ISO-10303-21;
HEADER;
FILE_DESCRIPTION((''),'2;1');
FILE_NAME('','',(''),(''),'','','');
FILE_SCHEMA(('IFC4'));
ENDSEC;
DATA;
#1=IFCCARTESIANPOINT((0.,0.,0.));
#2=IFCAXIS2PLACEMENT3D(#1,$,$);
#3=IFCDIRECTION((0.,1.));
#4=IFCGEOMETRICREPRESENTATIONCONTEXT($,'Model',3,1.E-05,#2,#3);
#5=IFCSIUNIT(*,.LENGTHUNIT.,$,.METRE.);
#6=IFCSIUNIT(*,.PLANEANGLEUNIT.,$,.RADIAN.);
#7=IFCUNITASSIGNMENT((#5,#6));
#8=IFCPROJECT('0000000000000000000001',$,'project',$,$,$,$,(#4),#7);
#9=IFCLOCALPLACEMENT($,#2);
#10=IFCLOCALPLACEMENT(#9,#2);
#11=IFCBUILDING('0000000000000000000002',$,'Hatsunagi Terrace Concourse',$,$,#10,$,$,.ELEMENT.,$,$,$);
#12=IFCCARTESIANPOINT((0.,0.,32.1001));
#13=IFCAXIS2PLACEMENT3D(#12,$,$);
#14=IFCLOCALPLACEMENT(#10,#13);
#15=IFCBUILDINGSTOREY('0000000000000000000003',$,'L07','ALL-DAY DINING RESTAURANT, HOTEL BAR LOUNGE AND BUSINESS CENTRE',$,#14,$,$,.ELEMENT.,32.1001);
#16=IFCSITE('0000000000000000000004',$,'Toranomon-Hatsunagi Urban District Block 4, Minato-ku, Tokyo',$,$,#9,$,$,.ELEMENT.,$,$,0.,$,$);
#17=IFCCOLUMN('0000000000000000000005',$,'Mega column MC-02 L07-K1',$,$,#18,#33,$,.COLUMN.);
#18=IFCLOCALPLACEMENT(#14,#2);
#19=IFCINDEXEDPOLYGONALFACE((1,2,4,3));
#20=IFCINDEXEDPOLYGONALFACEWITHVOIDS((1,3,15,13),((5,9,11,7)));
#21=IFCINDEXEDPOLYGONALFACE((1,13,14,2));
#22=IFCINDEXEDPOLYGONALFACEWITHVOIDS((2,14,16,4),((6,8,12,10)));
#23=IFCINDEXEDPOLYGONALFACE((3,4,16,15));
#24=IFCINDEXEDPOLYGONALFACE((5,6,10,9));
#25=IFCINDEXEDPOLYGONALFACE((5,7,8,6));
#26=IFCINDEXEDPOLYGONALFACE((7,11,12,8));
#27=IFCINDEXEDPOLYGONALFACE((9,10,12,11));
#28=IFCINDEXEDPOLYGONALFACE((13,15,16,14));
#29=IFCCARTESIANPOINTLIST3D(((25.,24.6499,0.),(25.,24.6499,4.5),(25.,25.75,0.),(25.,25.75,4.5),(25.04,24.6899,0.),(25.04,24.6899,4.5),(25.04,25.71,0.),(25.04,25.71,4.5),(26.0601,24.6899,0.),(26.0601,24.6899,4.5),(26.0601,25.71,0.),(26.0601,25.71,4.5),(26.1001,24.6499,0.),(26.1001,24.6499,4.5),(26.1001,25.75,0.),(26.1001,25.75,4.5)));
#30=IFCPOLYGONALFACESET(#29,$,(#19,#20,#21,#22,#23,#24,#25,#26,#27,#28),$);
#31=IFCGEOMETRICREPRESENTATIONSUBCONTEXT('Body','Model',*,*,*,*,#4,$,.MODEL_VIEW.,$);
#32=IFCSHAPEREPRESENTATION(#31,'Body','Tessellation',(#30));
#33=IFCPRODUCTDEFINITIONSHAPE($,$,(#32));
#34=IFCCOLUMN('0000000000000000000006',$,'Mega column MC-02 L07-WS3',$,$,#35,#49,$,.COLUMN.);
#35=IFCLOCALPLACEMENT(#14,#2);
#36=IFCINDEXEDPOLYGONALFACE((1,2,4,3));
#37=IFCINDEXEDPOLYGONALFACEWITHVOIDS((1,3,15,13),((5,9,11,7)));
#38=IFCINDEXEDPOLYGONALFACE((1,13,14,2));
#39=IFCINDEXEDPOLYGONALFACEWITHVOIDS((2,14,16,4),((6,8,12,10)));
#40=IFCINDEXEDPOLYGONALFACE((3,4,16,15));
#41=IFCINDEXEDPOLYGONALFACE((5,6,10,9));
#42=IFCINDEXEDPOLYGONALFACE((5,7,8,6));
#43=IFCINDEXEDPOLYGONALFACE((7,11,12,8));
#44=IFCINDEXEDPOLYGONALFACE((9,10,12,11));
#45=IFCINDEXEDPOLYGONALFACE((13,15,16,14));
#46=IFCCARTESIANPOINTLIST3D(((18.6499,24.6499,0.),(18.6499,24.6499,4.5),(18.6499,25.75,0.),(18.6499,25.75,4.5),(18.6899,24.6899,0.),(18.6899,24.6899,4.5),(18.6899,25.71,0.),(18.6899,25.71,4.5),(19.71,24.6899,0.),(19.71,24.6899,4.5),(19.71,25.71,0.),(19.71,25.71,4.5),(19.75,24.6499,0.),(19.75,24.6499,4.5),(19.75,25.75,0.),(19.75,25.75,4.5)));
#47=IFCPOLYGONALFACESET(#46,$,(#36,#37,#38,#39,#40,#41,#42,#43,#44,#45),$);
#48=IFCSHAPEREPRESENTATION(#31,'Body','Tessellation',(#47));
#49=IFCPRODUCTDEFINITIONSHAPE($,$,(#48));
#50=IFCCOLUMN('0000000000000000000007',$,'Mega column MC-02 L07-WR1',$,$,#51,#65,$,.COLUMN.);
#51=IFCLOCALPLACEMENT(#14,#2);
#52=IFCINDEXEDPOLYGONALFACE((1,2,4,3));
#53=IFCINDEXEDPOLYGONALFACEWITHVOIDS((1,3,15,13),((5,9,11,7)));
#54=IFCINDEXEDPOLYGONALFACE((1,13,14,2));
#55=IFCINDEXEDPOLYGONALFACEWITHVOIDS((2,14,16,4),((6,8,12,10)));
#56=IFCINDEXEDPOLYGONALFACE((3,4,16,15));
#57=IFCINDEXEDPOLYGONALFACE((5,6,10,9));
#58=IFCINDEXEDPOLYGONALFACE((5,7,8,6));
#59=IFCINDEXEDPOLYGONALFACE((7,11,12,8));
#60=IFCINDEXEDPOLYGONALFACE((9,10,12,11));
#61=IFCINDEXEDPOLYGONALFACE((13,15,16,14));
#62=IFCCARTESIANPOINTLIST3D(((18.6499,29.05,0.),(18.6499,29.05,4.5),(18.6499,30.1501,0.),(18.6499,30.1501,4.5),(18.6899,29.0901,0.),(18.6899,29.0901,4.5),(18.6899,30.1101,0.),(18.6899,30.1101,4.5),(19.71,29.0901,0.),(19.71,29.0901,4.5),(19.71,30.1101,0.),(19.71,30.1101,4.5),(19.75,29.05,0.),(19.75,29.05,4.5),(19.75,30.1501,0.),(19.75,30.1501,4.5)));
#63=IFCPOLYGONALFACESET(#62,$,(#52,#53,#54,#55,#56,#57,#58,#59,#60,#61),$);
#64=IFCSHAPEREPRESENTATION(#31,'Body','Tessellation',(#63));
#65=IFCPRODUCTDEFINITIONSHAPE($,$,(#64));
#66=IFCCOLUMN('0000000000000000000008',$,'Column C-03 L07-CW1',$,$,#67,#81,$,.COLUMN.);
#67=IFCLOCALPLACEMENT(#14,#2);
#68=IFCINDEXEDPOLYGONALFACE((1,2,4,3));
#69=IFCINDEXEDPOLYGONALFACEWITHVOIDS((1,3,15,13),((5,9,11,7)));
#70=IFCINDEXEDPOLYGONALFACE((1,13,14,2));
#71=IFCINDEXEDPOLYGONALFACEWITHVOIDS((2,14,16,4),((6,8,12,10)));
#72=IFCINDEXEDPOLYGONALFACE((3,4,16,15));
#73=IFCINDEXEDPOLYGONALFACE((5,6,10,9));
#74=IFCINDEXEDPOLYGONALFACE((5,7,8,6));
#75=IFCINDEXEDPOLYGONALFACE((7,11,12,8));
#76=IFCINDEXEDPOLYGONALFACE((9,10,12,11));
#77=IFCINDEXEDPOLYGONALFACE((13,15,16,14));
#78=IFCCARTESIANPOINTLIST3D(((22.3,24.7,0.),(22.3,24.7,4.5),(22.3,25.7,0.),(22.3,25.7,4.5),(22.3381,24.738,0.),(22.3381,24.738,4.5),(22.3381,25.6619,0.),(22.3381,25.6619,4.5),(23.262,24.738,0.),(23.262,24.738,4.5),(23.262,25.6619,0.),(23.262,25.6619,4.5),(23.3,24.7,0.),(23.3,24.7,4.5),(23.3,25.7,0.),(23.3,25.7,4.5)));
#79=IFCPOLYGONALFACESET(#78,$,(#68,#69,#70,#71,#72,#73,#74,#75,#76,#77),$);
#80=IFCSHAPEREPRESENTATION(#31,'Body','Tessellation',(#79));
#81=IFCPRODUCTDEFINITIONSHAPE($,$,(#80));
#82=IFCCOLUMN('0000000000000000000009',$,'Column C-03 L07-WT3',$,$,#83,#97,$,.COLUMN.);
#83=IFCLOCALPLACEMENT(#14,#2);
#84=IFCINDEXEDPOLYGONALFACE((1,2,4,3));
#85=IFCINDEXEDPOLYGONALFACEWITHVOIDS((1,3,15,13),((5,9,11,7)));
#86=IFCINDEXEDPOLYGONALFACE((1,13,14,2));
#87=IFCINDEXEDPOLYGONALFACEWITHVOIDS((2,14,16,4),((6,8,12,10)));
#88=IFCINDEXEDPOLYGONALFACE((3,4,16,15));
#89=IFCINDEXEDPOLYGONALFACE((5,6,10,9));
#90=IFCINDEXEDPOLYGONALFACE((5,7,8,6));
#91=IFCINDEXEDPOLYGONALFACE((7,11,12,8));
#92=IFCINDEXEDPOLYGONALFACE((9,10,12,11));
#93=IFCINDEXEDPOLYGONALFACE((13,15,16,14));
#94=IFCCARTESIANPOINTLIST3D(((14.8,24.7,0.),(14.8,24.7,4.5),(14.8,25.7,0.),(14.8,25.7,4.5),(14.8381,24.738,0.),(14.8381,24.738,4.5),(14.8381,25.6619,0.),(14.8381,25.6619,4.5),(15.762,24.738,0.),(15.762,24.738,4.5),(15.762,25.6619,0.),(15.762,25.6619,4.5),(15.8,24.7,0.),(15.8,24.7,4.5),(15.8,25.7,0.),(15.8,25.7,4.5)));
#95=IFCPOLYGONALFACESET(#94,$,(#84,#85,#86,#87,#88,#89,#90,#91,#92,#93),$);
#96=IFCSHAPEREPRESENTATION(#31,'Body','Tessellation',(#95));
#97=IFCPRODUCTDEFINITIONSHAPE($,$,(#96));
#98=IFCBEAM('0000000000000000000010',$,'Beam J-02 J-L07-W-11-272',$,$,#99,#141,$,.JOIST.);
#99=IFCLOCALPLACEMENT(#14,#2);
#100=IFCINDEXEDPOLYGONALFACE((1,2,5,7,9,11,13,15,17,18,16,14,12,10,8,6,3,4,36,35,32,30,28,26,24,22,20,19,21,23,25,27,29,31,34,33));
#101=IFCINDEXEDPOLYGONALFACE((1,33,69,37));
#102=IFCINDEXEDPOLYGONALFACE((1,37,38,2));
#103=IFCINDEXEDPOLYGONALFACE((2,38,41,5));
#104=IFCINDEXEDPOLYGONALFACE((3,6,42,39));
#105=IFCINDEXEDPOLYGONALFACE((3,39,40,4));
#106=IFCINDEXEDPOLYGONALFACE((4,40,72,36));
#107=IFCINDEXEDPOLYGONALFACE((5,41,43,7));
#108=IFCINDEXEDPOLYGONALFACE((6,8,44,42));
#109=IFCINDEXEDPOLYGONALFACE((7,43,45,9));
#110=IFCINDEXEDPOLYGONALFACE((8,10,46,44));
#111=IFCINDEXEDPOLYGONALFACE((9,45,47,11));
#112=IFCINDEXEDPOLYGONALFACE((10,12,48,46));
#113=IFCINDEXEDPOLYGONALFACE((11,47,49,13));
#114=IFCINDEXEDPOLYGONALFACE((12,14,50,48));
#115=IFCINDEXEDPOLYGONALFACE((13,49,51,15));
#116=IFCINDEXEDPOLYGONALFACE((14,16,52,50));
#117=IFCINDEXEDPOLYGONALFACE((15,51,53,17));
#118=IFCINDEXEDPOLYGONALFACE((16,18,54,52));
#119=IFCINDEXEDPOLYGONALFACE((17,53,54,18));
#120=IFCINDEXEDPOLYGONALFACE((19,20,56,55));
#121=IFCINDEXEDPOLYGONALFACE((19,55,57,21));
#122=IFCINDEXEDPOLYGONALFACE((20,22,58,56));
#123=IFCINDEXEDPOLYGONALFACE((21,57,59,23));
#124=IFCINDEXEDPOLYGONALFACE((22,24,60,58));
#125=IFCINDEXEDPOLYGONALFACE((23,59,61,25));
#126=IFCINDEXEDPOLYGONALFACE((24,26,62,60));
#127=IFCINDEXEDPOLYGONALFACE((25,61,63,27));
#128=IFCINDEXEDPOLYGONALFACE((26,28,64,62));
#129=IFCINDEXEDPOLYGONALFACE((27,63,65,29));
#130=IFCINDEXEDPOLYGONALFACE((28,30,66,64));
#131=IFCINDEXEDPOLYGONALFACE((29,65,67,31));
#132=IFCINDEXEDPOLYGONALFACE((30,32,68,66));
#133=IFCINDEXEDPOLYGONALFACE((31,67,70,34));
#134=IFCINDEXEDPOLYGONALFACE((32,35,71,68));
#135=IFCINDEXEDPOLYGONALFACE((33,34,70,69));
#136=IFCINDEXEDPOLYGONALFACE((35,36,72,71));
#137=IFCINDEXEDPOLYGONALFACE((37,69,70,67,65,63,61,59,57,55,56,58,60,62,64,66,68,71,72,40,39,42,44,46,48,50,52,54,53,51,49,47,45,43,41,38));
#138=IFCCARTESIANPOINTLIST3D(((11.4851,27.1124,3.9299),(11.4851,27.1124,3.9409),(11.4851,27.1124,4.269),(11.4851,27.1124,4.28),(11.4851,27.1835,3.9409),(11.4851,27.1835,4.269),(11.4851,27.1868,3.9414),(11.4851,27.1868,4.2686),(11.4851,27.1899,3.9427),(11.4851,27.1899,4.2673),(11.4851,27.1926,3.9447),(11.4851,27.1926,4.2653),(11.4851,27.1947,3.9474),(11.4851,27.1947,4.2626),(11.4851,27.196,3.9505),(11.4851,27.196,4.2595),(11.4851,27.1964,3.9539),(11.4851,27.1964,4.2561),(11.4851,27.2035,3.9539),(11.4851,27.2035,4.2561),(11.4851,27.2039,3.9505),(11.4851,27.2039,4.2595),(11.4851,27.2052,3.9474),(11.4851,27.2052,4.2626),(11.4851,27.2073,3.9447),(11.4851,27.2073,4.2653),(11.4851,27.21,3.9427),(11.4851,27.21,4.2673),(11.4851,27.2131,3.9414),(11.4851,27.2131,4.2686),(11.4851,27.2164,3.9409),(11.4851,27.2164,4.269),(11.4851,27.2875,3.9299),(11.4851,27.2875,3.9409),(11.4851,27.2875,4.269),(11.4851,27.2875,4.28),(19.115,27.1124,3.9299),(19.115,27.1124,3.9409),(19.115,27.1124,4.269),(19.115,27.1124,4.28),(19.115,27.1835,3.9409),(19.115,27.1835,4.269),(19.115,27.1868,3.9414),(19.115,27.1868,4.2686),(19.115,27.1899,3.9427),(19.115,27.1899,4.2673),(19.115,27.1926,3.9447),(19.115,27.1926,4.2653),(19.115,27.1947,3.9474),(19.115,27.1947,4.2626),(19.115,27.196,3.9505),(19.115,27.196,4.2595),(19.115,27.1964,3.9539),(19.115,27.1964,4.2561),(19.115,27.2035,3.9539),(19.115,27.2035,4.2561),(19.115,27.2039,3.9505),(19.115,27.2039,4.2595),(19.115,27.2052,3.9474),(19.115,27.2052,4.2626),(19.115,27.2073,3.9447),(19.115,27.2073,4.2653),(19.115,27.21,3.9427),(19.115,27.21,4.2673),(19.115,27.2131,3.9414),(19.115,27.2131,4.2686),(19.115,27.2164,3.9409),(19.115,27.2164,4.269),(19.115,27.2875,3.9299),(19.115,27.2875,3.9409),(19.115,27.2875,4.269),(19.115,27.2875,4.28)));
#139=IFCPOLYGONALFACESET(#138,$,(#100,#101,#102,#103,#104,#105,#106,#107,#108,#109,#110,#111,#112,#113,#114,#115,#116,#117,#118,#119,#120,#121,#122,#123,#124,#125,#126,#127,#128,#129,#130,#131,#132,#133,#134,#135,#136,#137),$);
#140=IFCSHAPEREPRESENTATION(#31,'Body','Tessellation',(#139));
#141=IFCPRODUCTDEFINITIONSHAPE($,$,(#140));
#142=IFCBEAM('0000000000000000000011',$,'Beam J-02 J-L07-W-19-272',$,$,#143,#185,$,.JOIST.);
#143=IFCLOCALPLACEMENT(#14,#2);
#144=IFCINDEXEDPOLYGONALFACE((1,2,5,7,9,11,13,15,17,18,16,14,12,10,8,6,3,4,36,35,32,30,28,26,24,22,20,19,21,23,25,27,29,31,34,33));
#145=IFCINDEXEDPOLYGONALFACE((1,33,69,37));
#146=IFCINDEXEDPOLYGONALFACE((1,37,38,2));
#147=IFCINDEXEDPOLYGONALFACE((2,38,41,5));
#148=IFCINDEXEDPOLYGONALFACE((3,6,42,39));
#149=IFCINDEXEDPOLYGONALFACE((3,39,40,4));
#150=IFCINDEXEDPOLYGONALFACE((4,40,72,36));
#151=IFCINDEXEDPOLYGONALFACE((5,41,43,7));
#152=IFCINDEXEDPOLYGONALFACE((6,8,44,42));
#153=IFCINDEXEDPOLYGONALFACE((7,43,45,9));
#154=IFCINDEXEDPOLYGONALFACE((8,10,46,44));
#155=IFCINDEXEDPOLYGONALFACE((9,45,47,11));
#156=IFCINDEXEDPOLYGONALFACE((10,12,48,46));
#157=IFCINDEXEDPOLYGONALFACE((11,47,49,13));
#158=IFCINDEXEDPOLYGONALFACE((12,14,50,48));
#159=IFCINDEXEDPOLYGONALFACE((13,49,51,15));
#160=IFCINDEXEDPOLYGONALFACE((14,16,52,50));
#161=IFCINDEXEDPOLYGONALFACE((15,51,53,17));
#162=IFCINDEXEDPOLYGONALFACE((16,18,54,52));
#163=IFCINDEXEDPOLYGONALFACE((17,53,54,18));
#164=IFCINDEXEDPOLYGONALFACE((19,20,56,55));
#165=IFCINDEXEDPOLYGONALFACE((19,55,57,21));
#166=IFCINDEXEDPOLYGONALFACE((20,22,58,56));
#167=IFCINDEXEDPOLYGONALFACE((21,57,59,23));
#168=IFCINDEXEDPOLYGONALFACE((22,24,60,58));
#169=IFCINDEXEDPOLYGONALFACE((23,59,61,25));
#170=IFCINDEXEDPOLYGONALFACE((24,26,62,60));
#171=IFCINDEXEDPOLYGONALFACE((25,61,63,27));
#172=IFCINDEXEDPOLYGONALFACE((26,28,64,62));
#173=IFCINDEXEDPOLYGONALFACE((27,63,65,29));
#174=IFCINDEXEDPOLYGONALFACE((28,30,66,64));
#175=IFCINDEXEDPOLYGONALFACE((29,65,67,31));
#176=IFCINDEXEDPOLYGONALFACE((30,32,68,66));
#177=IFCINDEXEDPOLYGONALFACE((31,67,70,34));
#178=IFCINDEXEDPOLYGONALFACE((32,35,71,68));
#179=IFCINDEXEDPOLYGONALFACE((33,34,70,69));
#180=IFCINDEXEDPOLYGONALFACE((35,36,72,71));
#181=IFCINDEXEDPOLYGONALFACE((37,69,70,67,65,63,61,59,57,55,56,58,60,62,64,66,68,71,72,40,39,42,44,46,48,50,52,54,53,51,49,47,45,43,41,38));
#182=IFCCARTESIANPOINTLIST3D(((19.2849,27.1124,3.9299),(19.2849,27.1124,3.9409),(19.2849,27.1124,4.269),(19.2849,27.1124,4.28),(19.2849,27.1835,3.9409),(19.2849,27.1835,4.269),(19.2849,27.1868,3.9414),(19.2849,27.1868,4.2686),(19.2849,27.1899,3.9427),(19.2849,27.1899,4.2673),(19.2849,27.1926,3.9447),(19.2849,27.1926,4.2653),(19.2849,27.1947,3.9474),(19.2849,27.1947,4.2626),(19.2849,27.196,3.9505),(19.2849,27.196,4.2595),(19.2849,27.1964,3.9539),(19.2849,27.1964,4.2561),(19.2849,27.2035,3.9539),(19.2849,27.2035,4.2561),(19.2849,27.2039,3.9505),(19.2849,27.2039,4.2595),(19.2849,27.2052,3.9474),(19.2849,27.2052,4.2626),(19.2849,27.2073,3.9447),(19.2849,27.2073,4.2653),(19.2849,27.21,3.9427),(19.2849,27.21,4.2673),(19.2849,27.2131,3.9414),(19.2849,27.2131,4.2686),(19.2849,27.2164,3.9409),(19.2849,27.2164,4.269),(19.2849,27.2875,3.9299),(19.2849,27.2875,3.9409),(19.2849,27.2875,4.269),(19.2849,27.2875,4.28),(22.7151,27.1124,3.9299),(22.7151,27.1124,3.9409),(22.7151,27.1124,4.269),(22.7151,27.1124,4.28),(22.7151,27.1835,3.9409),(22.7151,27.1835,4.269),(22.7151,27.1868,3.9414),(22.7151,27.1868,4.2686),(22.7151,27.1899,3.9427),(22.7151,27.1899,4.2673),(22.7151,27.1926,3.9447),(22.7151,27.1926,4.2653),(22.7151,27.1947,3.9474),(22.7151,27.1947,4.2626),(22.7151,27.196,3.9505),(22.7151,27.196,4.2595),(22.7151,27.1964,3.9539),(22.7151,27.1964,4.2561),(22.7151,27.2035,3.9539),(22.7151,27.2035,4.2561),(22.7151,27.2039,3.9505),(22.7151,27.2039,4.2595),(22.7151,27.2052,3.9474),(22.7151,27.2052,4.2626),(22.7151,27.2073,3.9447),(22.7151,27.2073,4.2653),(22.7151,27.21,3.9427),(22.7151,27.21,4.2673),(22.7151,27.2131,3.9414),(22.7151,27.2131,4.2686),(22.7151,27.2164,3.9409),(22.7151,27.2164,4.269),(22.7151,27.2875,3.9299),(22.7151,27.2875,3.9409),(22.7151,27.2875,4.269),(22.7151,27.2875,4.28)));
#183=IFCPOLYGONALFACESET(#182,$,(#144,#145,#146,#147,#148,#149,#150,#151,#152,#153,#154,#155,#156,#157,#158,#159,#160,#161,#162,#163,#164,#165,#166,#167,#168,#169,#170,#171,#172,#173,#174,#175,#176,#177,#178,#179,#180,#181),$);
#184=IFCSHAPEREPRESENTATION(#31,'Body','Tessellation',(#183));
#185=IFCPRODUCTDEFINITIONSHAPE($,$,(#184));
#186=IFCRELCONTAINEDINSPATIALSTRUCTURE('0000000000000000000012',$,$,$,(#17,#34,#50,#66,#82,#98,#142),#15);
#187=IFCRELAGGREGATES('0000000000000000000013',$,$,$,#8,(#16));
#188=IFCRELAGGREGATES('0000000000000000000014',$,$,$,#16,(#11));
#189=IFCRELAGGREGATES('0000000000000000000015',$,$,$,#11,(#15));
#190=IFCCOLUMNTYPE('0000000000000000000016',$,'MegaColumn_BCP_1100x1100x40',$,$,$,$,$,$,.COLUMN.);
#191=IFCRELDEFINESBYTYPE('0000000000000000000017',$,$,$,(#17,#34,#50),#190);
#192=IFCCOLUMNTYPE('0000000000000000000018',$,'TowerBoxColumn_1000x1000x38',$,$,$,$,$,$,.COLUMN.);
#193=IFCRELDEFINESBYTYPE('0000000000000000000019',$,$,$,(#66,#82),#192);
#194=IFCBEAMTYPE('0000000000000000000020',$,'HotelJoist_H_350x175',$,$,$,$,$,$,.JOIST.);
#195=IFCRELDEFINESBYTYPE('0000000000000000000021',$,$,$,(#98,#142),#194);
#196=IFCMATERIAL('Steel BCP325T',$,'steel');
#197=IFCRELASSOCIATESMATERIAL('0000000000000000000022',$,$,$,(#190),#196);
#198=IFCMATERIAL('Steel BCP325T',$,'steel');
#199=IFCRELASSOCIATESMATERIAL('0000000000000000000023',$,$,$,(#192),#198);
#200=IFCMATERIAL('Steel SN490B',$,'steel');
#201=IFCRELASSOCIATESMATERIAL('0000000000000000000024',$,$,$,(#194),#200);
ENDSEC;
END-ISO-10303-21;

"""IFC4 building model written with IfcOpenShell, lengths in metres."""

from ifc_helpers import new_model, si_unit, direction, frame, origin, origin_2d, place, context, subcontext, project, spatial, hollow_rectangle, i_section, extrude, material, material_profile, profile_set, type_object, element, save


model = new_model("IFC4")

# Units and contexts
model_context = context("Model", 3, precision=1e-05, world=origin(), true_north=direction((0.0, 1.0)))
body_context = subcontext(model_context, "Body", "Model", "MODEL_VIEW")
ifc_project = project(units=[si_unit("LENGTHUNIT", "METRE"), si_unit("PLANEANGLEUNIT", "RADIAN")], contexts=[model_context])

# Site, building, storey
site_placement = place(None, origin())
site = spatial("IfcSite", under=ifc_project, at=site_placement, Name="Toranomon-Hatsunagi Urban District Block 4, Minato-ku, Tokyo", CompositionType="ELEMENT", RefElevation=0.0)
building_placement = place(site_placement, origin())
building = spatial("IfcBuilding", under=site, at=building_placement, Name="Hatsunagi Terrace Concourse", CompositionType="ELEMENT")
storey_placement = place(building_placement, frame((0.0, 0.0, 32.1001)))
storey = spatial("IfcBuildingStorey", under=building, at=storey_placement, Name="L07", Description="ALL-DAY DINING RESTAURANT, HOTEL BAR LOUNGE AND BUSINESS CENTRE", CompositionType="ELEMENT", Elevation=32.1001)

# Columns
ifc_material_1 = material(Name="Steel BCP325T", Category="steel")
ifc_material_profile_1 = material_profile(ifc_material_1, hollow_rectangle(XDim=1.1001, YDim=1.1001, WallThickness=0.04, at=origin_2d()), Name="BCP-1100x1100x40")
ifc_profile_set_1 = profile_set([ifc_material_profile_1], Name="Steel BCP325T")
column_type_1 = type_object("IfcColumnType", Name="MegaColumn_BCP_1100x1100x40", PredefinedType="COLUMN", material=ifc_profile_set_1)
for number, where, z_axis, x_axis, name in (
    (1, (25.55, 25.2, 0.0), (0.0, 0.0, 1.0), (1.0, 0.0, 0.0), "Mega column MC-02 L07-K1"),
    (2, (19.2, 25.2, 0.0), (0.0, 0.0, 1.0), (1.0, 0.0, 0.0), "Mega column MC-02 L07-WS3"),
    (3, (19.2, 29.6001, 0.0), (0.0, 0.0, 1.0), (1.0, 0.0, 0.0), "Mega column MC-02 L07-WR1"),
):
    element("IfcColumn", number, at=place(storey_placement, frame(where, z_axis=z_axis, x_axis=x_axis)), inside=storey, type_object=column_type_1, Name=name, PredefinedType="COLUMN", context=body_context, shape_type="SweptSolid", body=[
        extrude(hollow_rectangle(XDim=1.1001, YDim=1.1001, WallThickness=0.04, at=origin_2d()), origin(), (0.0, 0.0, 1.0), 4.5),
    ])
ifc_material_2 = material(Name="Steel BCP325T", Category="steel")
ifc_material_profile_2 = material_profile(ifc_material_2, hollow_rectangle(XDim=1.0, YDim=1.0, WallThickness=0.0381, at=origin_2d()), Name="BCP-1000x1000x38")
ifc_profile_set_2 = profile_set([ifc_material_profile_2], Name="Steel BCP325T")
column_type_2 = type_object("IfcColumnType", Name="TowerBoxColumn_1000x1000x38", PredefinedType="COLUMN", material=ifc_profile_set_2)
for number, where, z_axis, x_axis, name in (
    (4, (22.8, 25.2, 0.0), (0.0, 0.0, 1.0), (1.0, 0.0, 0.0), "Column C-03 L07-CW1"),
    (5, (15.3, 25.2, 0.0), (0.0, 0.0, 1.0), (1.0, 0.0, 0.0), "Column C-03 L07-WT3"),
):
    element("IfcColumn", number, at=place(storey_placement, frame(where, z_axis=z_axis, x_axis=x_axis)), inside=storey, type_object=column_type_2, Name=name, PredefinedType="COLUMN", context=body_context, shape_type="SweptSolid", body=[
        extrude(hollow_rectangle(XDim=1.0, YDim=1.0, WallThickness=0.0381, at=origin_2d()), origin(), (0.0, 0.0, 1.0), 4.5),
    ])

# Beams
ifc_material_3 = material(Name="Steel SN490B", Category="steel")
ifc_material_profile_3 = material_profile(ifc_material_3, i_section(OverallWidth=0.175, OverallDepth=0.3501, WebThickness=0.0071, FlangeThickness=0.011, FilletRadius=0.0129, at=origin_2d()), Name="H-350x175x7x11")
ifc_profile_set_3 = profile_set([ifc_material_profile_3], Name="Steel SN490B")
beam_type_1 = type_object("IfcBeamType", Name="HotelJoist_H_350x175", PredefinedType="JOIST", material=ifc_profile_set_3)
beam_1_placement = place(storey_placement, frame((11.4851, 27.2, 4.105), z_axis=(1.0, 0.0, 0.0), x_axis=(0.0, 1.0, 0.0)))
element("IfcBeam", 6, at=beam_1_placement, inside=storey, type_object=beam_type_1, Name="Beam J-02 J-L07-W-11-272", PredefinedType="JOIST", context=body_context, shape_type="SweptSolid", body=[
    extrude(i_section(OverallWidth=0.175, OverallDepth=0.3501, WebThickness=0.0071, FlangeThickness=0.011, FilletRadius=0.0129, at=origin_2d()), origin(), (0.0, 0.0, 1.0), 7.6299),
])
beam_2_placement = place(storey_placement, frame((19.2849, 27.2, 4.105), z_axis=(1.0, 0.0, 0.0), x_axis=(0.0, 1.0, 0.0)))
element("IfcBeam", 7, at=beam_2_placement, inside=storey, type_object=beam_type_1, Name="Beam J-02 J-L07-W-19-272", PredefinedType="JOIST", context=body_context, shape_type="SweptSolid", body=[
    extrude(i_section(OverallWidth=0.175, OverallDepth=0.3501, WebThickness=0.0071, FlangeThickness=0.011, FilletRadius=0.0129, at=origin_2d()), origin(), (0.0, 0.0, 1.0), 3.4302),
])

save(model, "model.ifc")
